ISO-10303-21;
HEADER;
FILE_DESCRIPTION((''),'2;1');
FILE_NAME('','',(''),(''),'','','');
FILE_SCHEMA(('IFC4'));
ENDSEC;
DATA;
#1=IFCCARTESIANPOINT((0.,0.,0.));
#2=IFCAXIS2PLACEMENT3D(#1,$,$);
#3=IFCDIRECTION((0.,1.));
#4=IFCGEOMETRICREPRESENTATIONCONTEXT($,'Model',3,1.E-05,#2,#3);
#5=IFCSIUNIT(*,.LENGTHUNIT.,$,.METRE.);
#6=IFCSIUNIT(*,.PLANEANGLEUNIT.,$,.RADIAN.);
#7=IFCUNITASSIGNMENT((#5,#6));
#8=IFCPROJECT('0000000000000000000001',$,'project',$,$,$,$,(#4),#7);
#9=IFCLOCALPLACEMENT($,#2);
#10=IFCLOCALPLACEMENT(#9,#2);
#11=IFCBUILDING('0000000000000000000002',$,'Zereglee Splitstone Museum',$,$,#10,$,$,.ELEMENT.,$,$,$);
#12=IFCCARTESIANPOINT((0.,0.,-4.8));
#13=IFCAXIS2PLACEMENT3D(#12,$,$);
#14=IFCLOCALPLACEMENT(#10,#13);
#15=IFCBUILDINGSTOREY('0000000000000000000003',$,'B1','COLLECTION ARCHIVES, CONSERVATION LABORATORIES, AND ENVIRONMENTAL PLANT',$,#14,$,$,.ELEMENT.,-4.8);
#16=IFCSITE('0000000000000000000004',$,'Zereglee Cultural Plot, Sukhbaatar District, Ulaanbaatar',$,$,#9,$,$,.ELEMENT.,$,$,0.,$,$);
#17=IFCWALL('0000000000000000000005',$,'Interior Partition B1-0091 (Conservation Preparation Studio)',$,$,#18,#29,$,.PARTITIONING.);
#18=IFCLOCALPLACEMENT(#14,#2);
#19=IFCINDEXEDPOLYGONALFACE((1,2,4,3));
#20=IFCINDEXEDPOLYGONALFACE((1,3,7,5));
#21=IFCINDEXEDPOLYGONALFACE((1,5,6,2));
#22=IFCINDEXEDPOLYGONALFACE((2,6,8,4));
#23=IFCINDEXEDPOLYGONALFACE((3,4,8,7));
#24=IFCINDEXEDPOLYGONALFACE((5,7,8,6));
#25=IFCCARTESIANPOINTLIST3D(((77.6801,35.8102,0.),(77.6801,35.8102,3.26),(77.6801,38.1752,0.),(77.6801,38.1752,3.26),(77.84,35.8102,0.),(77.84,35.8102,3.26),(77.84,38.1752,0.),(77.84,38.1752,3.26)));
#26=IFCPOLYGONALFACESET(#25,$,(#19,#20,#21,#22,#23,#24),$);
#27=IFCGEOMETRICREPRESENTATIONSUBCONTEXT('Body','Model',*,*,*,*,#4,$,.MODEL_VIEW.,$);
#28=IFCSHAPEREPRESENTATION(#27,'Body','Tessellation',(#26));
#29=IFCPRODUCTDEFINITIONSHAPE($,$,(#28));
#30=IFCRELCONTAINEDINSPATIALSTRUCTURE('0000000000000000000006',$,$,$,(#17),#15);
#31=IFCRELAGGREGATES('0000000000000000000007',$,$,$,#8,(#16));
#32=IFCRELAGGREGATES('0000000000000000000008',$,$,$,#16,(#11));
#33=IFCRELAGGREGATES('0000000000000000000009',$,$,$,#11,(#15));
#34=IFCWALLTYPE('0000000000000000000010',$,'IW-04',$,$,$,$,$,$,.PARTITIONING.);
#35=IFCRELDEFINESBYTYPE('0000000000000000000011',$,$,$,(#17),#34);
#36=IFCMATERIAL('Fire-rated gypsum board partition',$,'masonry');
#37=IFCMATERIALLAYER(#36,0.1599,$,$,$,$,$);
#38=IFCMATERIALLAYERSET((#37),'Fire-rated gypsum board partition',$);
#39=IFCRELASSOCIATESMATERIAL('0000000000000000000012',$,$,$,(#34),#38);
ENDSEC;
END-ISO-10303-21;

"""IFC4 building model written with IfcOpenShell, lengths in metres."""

from ifc_helpers import new_model, si_unit, direction, frame, frame_2d, origin, place, context, subcontext, project, spatial, rectangle, extrude, material, layer, layer_set, type_object, element, save


model = new_model("IFC4")

# Units and contexts
model_context = context("Model", 3, precision=1e-05, world=origin(), true_north=direction((0.0, 1.0)))
body_context = subcontext(model_context, "Body", "Model", "MODEL_VIEW")
ifc_project = project(units=[si_unit("LENGTHUNIT", "METRE"), si_unit("PLANEANGLEUNIT", "RADIAN")], contexts=[model_context])

# Site, building, storey
site_placement = place(None, origin())
site = spatial("IfcSite", under=ifc_project, at=site_placement, Name="Zereglee Cultural Plot, Sukhbaatar District, Ulaanbaatar", CompositionType="ELEMENT", RefElevation=0.0)
building_placement = place(site_placement, origin())
building = spatial("IfcBuilding", under=site, at=building_placement, Name="Zereglee Splitstone Museum", CompositionType="ELEMENT")
storey_placement = place(building_placement, frame((0.0, 0.0, -4.8)))
storey = spatial("IfcBuildingStorey", under=building, at=storey_placement, Name="B1", Description="COLLECTION ARCHIVES, CONSERVATION LABORATORIES, AND ENVIRONMENTAL PLANT", CompositionType="ELEMENT", Elevation=-4.8)

# Wall
ifc_material_1 = material(Name="Fire-rated gypsum board partition", Category="masonry")
ifc_layer_1 = layer(ifc_material_1, 0.1599)
ifc_layer_set_1 = layer_set([ifc_layer_1], Name="Fire-rated gypsum board partition")
wall_type_1 = type_object("IfcWallType", Name="IW-04", PredefinedType="PARTITIONING", material=ifc_layer_set_1)
wall_1_placement = place(storey_placement, frame((77.76, 35.8101, 0.0), z_axis=(0.0, 0.0, 1.0), x_axis=(0.0, 1.0, 0.0)))
element("IfcWall", 1, at=wall_1_placement, inside=storey, type_object=wall_type_1, Name="Interior Partition B1-0091 (Conservation Preparation Studio)", PredefinedType="PARTITIONING", context=body_context, shape_type="SweptSolid", body=[
    extrude(rectangle(XDim=2.365, YDim=0.1599, at=frame_2d((1.1826, 0.0))), origin(), (0.0, 0.0, 1.0), 3.26),
])

save(model, "model.ifc")
